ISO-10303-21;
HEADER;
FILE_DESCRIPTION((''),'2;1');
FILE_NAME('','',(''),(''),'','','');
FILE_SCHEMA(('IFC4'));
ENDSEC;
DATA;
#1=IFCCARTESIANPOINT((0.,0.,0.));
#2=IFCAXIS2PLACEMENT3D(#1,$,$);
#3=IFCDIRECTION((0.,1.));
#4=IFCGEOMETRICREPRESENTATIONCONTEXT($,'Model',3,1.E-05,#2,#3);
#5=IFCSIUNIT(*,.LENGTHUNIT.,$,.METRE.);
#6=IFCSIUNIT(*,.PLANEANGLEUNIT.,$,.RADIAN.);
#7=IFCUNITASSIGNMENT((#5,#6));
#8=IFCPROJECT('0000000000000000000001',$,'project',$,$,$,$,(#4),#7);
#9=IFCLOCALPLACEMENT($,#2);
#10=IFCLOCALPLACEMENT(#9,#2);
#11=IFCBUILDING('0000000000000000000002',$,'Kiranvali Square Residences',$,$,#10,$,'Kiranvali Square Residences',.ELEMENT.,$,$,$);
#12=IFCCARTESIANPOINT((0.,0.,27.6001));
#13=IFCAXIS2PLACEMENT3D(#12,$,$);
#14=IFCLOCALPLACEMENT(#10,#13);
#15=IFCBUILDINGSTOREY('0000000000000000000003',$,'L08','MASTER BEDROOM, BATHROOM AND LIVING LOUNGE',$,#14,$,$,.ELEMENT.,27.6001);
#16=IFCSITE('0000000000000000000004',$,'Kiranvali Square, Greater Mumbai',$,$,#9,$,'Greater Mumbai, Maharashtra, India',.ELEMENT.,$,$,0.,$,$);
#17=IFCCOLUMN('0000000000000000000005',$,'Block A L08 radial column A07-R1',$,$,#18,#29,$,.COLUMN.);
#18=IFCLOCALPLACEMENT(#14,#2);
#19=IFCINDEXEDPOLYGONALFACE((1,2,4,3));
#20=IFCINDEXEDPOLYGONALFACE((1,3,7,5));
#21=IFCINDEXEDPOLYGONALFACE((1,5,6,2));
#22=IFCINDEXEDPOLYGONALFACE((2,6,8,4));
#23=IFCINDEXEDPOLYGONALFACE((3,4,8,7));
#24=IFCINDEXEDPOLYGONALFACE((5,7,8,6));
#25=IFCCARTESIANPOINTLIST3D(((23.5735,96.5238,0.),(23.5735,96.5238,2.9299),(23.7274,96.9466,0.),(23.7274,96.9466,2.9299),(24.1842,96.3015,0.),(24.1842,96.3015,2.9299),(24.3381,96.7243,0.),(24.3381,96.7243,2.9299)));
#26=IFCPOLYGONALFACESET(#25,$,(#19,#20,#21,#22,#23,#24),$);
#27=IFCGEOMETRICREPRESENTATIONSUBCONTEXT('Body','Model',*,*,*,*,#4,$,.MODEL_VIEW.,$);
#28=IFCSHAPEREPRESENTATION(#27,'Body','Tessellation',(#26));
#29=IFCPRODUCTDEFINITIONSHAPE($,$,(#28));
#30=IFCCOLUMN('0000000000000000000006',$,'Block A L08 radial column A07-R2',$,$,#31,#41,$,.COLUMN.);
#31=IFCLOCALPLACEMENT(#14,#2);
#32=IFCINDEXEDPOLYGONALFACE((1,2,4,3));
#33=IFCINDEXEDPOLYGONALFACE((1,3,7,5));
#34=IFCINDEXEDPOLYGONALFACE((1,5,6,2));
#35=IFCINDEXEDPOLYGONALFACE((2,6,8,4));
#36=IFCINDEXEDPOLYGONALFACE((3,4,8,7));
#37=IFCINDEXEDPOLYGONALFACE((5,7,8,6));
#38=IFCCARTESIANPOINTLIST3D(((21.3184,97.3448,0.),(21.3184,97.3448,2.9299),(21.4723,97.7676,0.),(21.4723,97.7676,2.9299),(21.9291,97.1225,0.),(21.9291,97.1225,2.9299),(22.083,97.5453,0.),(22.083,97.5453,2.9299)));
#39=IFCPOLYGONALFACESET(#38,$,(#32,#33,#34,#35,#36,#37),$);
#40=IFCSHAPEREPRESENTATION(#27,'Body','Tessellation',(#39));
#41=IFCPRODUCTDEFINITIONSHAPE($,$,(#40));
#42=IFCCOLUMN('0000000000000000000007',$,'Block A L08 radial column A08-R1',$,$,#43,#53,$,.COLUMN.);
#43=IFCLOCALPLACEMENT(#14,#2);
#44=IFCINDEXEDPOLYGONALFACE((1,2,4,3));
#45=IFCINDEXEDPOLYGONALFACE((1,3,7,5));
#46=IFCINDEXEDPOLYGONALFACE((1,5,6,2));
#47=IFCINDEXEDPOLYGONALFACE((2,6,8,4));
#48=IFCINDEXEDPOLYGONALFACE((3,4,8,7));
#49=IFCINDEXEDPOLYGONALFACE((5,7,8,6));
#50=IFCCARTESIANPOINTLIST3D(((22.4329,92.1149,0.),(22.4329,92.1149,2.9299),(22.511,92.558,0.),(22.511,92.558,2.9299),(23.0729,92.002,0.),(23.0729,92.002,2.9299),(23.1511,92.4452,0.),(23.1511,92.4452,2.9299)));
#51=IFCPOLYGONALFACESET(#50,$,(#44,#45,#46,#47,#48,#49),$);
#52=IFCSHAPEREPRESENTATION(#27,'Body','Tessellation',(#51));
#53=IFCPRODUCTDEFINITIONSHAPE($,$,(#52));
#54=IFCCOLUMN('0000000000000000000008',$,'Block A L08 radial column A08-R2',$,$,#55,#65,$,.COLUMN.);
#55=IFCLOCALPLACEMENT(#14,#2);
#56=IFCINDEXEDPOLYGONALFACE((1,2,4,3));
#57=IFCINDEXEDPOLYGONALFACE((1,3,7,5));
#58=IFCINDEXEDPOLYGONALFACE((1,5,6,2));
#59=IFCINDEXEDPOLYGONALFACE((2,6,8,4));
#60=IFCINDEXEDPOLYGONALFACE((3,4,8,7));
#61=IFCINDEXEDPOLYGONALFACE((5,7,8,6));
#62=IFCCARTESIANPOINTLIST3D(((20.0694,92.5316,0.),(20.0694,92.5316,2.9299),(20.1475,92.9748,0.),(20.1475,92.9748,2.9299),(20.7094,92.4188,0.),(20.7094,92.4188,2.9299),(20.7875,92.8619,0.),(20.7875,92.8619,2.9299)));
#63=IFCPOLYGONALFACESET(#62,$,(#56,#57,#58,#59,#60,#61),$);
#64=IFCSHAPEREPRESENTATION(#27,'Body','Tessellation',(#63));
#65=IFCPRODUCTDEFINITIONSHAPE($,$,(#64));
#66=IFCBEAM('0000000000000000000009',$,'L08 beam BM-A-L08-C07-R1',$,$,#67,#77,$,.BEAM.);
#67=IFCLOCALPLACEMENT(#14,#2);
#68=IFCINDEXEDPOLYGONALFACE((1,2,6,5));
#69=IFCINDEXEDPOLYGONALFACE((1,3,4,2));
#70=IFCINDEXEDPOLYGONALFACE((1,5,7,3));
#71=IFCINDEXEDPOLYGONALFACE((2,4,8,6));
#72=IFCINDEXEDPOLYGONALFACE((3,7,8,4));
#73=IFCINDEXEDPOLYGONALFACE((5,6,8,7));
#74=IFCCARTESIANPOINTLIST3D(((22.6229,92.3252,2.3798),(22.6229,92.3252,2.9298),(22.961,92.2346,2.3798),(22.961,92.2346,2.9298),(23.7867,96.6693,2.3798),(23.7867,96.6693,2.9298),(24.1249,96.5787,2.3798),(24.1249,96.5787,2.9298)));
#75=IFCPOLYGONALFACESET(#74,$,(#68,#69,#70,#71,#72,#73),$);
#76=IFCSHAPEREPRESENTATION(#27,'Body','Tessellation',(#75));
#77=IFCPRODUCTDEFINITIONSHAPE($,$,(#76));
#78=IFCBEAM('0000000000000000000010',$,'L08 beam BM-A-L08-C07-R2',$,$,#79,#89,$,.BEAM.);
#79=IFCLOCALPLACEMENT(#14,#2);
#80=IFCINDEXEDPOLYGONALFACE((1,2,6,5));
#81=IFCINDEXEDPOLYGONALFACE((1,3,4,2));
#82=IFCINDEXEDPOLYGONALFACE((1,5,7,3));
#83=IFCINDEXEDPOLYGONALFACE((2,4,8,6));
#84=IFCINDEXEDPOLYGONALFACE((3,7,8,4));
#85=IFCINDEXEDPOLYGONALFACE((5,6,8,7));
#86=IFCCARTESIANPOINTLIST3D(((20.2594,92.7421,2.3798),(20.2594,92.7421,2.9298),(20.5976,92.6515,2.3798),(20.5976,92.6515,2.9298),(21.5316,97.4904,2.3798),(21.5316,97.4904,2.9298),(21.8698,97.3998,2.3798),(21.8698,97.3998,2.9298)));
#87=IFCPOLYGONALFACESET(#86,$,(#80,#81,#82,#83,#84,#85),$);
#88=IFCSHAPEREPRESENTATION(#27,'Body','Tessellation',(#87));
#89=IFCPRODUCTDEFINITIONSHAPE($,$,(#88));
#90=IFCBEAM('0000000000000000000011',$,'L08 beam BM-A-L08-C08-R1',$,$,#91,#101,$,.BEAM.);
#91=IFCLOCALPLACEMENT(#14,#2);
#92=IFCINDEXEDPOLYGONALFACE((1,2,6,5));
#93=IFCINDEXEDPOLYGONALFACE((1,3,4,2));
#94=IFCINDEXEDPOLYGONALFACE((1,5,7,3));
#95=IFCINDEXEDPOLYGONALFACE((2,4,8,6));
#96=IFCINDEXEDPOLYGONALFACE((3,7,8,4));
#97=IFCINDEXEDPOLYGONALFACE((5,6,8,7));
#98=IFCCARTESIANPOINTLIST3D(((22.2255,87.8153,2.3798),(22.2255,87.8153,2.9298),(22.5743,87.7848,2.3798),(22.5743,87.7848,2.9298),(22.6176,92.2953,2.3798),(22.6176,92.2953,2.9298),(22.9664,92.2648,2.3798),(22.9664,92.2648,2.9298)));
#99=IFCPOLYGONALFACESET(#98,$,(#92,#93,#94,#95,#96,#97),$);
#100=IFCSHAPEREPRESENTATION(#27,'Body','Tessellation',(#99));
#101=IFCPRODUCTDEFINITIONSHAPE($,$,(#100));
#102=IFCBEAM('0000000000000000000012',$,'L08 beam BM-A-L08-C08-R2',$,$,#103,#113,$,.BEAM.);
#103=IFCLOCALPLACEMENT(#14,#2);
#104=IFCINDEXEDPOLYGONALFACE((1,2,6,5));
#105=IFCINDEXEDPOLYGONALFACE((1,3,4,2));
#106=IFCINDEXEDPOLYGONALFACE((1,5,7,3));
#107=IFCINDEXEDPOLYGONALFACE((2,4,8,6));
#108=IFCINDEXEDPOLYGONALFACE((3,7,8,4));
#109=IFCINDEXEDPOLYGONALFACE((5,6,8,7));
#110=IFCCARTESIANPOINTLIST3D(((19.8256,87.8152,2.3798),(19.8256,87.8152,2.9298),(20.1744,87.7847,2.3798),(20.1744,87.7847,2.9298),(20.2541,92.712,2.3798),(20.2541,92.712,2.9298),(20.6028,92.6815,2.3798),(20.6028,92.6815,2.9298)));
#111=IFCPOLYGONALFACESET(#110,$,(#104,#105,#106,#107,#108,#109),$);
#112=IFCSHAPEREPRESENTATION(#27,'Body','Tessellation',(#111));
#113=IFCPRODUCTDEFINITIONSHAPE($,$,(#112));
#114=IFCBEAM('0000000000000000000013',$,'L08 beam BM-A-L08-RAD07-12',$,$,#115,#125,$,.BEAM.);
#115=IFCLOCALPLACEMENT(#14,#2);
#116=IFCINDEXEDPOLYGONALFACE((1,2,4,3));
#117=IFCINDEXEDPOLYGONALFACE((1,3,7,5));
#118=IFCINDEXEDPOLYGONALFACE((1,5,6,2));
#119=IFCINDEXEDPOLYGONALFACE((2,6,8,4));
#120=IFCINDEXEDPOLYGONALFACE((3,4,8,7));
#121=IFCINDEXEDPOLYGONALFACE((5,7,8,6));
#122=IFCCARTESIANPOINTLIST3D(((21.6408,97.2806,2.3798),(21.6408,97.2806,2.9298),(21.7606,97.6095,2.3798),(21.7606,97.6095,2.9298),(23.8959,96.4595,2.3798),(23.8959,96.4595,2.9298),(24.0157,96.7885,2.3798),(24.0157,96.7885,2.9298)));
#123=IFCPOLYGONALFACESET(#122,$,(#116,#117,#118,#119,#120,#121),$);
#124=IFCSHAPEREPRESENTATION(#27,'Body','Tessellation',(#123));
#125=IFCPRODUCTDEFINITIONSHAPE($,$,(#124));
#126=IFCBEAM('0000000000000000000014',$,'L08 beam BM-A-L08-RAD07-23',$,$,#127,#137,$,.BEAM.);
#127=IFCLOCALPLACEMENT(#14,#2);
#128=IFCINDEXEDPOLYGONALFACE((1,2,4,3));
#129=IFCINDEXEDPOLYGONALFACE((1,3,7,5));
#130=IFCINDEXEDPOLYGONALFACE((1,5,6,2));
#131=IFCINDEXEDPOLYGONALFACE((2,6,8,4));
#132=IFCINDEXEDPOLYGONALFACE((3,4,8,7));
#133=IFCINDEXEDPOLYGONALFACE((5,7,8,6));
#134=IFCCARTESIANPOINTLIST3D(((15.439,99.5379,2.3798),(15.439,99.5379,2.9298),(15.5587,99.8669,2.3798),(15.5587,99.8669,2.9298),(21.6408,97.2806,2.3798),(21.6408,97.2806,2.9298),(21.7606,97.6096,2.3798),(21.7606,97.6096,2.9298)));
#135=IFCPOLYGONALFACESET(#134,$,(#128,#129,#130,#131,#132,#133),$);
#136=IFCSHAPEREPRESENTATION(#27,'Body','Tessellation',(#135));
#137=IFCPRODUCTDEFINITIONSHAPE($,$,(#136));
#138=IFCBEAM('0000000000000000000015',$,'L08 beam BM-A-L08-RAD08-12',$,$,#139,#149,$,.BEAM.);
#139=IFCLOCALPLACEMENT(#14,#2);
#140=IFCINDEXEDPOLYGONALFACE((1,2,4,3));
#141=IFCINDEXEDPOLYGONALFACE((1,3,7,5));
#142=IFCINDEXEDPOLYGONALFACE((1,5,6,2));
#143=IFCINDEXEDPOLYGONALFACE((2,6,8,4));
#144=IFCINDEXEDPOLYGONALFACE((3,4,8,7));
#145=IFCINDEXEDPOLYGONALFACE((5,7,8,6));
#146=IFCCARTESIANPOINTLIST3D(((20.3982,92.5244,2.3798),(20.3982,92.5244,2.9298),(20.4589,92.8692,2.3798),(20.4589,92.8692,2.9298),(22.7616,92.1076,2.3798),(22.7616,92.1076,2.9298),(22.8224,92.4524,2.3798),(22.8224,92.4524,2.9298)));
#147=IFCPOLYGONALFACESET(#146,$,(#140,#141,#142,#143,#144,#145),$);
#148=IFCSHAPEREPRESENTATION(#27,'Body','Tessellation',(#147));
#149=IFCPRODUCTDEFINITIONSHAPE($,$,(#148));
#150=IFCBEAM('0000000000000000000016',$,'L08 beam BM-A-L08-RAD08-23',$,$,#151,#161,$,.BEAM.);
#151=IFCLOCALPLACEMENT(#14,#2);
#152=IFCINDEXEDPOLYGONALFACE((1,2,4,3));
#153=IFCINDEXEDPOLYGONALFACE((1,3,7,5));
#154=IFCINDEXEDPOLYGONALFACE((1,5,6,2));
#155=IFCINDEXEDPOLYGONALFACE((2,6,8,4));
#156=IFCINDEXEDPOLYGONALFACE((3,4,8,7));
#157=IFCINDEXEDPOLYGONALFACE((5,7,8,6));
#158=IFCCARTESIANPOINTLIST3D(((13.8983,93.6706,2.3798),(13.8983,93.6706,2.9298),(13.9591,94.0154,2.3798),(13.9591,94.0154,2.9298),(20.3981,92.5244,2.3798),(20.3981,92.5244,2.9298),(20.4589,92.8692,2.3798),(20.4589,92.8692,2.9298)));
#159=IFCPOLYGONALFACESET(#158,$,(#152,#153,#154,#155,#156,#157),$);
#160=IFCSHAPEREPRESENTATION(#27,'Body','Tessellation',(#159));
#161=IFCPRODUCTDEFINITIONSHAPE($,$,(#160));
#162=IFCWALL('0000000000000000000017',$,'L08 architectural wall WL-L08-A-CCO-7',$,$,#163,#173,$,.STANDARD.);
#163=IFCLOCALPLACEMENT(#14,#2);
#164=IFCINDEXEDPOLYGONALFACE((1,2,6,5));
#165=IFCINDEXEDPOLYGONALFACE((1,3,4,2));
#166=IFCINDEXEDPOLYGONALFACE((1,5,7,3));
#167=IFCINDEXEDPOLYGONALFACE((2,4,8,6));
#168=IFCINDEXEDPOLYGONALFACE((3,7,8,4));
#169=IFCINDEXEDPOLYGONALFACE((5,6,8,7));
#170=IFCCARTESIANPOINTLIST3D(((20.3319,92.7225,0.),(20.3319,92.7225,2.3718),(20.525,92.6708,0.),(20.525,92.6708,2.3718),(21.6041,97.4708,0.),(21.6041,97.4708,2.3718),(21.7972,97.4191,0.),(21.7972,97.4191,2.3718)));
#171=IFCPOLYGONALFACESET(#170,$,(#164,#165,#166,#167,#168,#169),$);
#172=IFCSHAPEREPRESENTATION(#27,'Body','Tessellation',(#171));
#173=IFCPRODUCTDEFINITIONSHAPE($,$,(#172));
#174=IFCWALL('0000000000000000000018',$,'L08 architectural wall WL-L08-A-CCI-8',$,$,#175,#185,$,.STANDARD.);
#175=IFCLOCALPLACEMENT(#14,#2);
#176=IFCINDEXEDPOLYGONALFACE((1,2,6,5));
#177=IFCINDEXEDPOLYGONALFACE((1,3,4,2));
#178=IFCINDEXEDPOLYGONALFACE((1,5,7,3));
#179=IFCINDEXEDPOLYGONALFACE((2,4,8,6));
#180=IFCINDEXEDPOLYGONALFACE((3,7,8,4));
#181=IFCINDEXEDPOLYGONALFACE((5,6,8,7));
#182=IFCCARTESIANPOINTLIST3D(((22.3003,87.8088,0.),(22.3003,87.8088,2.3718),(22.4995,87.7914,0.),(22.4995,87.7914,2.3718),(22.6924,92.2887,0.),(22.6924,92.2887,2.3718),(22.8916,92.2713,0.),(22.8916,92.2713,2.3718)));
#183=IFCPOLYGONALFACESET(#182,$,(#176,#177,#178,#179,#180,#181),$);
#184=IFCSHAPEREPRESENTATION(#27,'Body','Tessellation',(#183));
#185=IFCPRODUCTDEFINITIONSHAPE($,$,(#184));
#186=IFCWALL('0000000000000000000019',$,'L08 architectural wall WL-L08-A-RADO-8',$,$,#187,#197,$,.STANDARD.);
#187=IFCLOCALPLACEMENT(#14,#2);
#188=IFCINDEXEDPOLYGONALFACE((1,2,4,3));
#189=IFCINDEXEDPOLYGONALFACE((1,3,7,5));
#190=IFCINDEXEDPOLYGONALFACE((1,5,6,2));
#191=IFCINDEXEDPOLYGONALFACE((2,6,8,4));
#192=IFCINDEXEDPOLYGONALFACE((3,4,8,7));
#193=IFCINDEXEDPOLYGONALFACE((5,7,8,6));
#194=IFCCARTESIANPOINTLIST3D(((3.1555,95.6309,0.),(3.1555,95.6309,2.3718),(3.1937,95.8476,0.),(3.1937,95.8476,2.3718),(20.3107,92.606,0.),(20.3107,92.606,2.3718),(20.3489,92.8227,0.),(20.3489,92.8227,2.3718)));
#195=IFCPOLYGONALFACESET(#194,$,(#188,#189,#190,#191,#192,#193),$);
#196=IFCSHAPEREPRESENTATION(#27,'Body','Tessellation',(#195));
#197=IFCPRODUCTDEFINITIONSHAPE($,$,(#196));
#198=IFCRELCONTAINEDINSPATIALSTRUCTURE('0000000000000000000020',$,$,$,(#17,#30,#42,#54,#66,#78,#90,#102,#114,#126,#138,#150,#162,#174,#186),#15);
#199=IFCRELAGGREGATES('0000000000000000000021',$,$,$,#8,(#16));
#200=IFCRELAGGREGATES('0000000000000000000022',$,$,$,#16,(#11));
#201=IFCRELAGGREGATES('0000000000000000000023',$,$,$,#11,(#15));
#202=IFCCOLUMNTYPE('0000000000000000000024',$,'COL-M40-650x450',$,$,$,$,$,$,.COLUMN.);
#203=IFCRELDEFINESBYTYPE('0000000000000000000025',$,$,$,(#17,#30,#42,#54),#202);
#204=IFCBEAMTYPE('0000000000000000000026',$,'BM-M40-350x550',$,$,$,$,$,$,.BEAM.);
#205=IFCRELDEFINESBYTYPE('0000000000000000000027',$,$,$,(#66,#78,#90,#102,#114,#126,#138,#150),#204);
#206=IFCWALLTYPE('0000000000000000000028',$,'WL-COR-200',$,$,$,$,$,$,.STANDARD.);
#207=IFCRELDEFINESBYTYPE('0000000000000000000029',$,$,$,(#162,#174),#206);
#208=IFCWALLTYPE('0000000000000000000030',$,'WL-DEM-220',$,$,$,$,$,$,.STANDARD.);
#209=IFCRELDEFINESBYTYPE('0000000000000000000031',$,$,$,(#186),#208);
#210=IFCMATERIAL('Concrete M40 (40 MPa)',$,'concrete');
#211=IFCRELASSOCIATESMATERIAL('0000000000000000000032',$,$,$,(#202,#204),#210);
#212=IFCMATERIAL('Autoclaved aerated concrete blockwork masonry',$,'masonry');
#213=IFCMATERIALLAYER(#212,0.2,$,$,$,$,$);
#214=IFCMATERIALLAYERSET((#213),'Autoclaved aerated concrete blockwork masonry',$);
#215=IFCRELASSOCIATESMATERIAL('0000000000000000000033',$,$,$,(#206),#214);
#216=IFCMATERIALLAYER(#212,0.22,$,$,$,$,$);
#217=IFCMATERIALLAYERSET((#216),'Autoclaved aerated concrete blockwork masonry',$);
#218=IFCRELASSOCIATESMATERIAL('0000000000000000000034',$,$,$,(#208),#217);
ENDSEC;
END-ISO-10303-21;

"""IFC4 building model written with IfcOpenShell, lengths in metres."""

from ifc_helpers import new_model, si_unit, direction, frame, frame_2d, origin, origin_2d, place, context, subcontext, project, spatial, rectangle, extrude, material, layer, layer_set, material_profile, profile_set, type_object, element, save


model = new_model("IFC4")

# Units and contexts
model_context = context("Model", 3, precision=1e-05, world=origin(), true_north=direction((0.0, 1.0)))
body_context = subcontext(model_context, "Body", "Model", "MODEL_VIEW")
ifc_project = project(units=[si_unit("LENGTHUNIT", "METRE"), si_unit("PLANEANGLEUNIT", "RADIAN")], contexts=[model_context])

# Site, building, storey
site_placement = place(None, origin())
site = spatial("IfcSite", under=ifc_project, at=site_placement, Name="Kiranvali Square, Greater Mumbai", LongName="Greater Mumbai, Maharashtra, India", CompositionType="ELEMENT", RefElevation=0.0)
building_placement = place(site_placement, origin())
building = spatial("IfcBuilding", under=site, at=building_placement, Name="Kiranvali Square Residences", LongName="Kiranvali Square Residences", CompositionType="ELEMENT")
storey_placement = place(building_placement, frame((0.0, 0.0, 27.6001)))
storey = spatial("IfcBuildingStorey", under=building, at=storey_placement, Name="L08", Description="MASTER BEDROOM, BATHROOM AND LIVING LOUNGE", CompositionType="ELEMENT", Elevation=27.6001)

# Columns
ifc_material_1 = material(Name="Concrete M40 (40 MPa)", Category="concrete")
ifc_material_profile_1 = material_profile(ifc_material_1, rectangle(XDim=0.45, YDim=0.6499, at=origin_2d()), Name="RC 650x450")
ifc_profile_set_1 = profile_set([ifc_material_profile_1], Name="Concrete M40 (40 MPa)")
column_type = type_object("IfcColumnType", Name="COL-M40-650x450", PredefinedType="COLUMN", material=ifc_profile_set_1)
for number, where, z_axis, x_axis, name in (
    (1, (23.9558, 96.624, 0.0), (0.0, 0.0, 1.0), (0.34202, 0.939693, 0.0), "Block A L08 radial column A07-R1"),
    (2, (21.7007, 97.4451, 0.0), (0.0, 0.0, 1.0), (0.34202, 0.939693, 0.0), "Block A L08 radial column A07-R2"),
    (3, (22.792, 92.28, 0.0), (0.0, 0.0, 1.0), (0.173648, 0.984808, 0.0), "Block A L08 radial column A08-R1"),
    (4, (20.4285, 92.6968, 0.0), (0.0, 0.0, 1.0), (0.173648, 0.984808, 0.0), "Block A L08 radial column A08-R2"),
):
    element("IfcColumn", number, at=place(storey_placement, frame(where, z_axis=z_axis, x_axis=x_axis)), inside=storey, type_object=column_type, Name=name, PredefinedType="COLUMN", context=body_context, shape_type="SweptSolid", body=[
        extrude(rectangle(XDim=0.45, YDim=0.6499, at=origin_2d()), origin(), (0.0, 0.0, 1.0), 2.9299),
    ])

# Beams
ifc_material_profile_2 = material_profile(ifc_material_1, rectangle(XDim=0.3501, YDim=0.55, at=origin_2d()), Name="RC 350x550")
ifc_profile_set_2 = profile_set([ifc_material_profile_2], Name="Concrete M40 (40 MPa)")
beam_type = type_object("IfcBeamType", Name="BM-M40-350x550", PredefinedType="BEAM", material=ifc_profile_set_2)
beam_1_placement = place(storey_placement, frame((23.9558, 96.624, 2.6548), z_axis=(-0.258788, -0.965934, 0.0), x_axis=(0.965934, -0.258788, 0.0)))
element("IfcBeam", 5, at=beam_1_placement, inside=storey, type_object=beam_type, Name="L08 beam BM-A-L08-C07-R1", PredefinedType="BEAM", context=body_context, shape_type="SweptSolid", body=[
    extrude(rectangle(XDim=0.3501, YDim=0.55, at=origin_2d()), origin(), (0.0, 0.0, 1.0), 4.4973),
])
beam_2_placement = place(storey_placement, frame((21.7007, 97.4451, 2.6548), z_axis=(-0.258803, -0.96593, 0.0), x_axis=(0.96593, -0.258803, 0.0)))
element("IfcBeam", 6, at=beam_2_placement, inside=storey, type_object=beam_type, Name="L08 beam BM-A-L08-C07-R2", PredefinedType="BEAM", context=body_context, shape_type="SweptSolid", body=[
    extrude(rectangle(XDim=0.3501, YDim=0.55, at=origin_2d()), origin(), (0.0, 0.0, 1.0), 4.9158),
])
beam_3_placement = place(storey_placement, frame((22.792, 92.28, 2.6548), z_axis=(-0.087187, -0.996192, 0.0), x_axis=(0.996192, -0.087187, 0.0)))
element("IfcBeam", 7, at=beam_3_placement, inside=storey, type_object=beam_type, Name="L08 beam BM-A-L08-C08-R1", PredefinedType="BEAM", context=body_context, shape_type="SweptSolid", body=[
    extrude(rectangle(XDim=0.3501, YDim=0.55, at=origin_2d()), origin(), (0.0, 0.0, 1.0), 4.4971),
])
beam_4_placement = place(storey_placement, frame((20.4285, 92.6968, 2.6548), z_axis=(-0.087168, -0.996194, 0.0), x_axis=(0.996194, -0.087168, 0.0)))
element("IfcBeam", 8, at=beam_4_placement, inside=storey, type_object=beam_type, Name="L08 beam BM-A-L08-C08-R2", PredefinedType="BEAM", context=body_context, shape_type="SweptSolid", body=[
    extrude(rectangle(XDim=0.3501, YDim=0.55, at=origin_2d()), origin(), (0.0, 0.0, 1.0), 4.9155),
])
beam_5_placement = place(storey_placement, frame((23.9558, 96.624, 2.6548), z_axis=(-0.93966, 0.342111, 0.0), x_axis=(-0.342111, -0.93966, 0.0)))
element("IfcBeam", 9, at=beam_5_placement, inside=storey, type_object=beam_type, Name="L08 beam BM-A-L08-RAD07-12", PredefinedType="BEAM", context=body_context, shape_type="SweptSolid", body=[
    extrude(rectangle(XDim=0.3501, YDim=0.55, at=origin_2d()), origin(), (0.0, 0.0, 1.0), 2.3999),
])
beam_6_placement = place(storey_placement, frame((21.7007, 97.4451, 2.6548), z_axis=(-0.939692, 0.342022, 0.0), x_axis=(-0.342022, -0.939692, 0.0)))
element("IfcBeam", 10, at=beam_6_placement, inside=storey, type_object=beam_type, Name="L08 beam BM-A-L08-RAD07-23", PredefinedType="BEAM", context=body_context, shape_type="SweptSolid", body=[
    extrude(rectangle(XDim=0.3501, YDim=0.55, at=origin_2d()), origin(), (0.0, 0.0, 1.0), 6.5999),
])
beam_7_placement = place(storey_placement, frame((22.792, 92.28, 2.6548), z_axis=(-0.984808, 0.173646, 0.0), x_axis=(-0.173646, -0.984808, 0.0)))
element("IfcBeam", 11, at=beam_7_placement, inside=storey, type_object=beam_type, Name="L08 beam BM-A-L08-RAD08-12", PredefinedType="BEAM", context=body_context, shape_type="SweptSolid", body=[
    extrude(rectangle(XDim=0.3501, YDim=0.55, at=origin_2d()), origin(), (0.0, 0.0, 1.0), 2.3999),
])
beam_8_placement = place(storey_placement, frame((20.4285, 92.6968, 2.6548), z_axis=(-0.984804, 0.173671, 0.0), x_axis=(-0.173671, -0.984804, 0.0)))
element("IfcBeam", 12, at=beam_8_placement, inside=storey, type_object=beam_type, Name="L08 beam BM-A-L08-RAD08-23", PredefinedType="BEAM", context=body_context, shape_type="SweptSolid", body=[
    extrude(rectangle(XDim=0.3501, YDim=0.55, at=origin_2d()), origin(), (0.0, 0.0, 1.0), 6.6001),
])

# Walls
ifc_material_2 = material(Name="Autoclaved aerated concrete blockwork masonry", Category="masonry")
ifc_layer_1 = layer(ifc_material_2, 0.2)
ifc_layer_set_1 = layer_set([ifc_layer_1], Name="Autoclaved aerated concrete blockwork masonry")
wall_type_1 = type_object("IfcWallType", Name="WL-COR-200", PredefinedType="STANDARD", material=ifc_layer_set_1)
wall_1_placement = place(storey_placement, frame((21.7007, 97.4451, 0.0), z_axis=(0.0, 0.0, 1.0), x_axis=(-0.258803, -0.96593, 0.0)))
element("IfcWall", 13, at=wall_1_placement, inside=storey, type_object=wall_type_1, Name="L08 architectural wall WL-L08-A-CCO-7", PredefinedType="STANDARD", context=body_context, shape_type="SweptSolid", body=[
    extrude(rectangle(XDim=4.9158, YDim=0.2, at=frame_2d((2.458, 0.0))), origin(), (0.0, 0.0, 1.0), 2.3718),
])
wall_2_placement = place(storey_placement, frame((22.792, 92.28, 0.0), z_axis=(0.0, 0.0, 1.0), x_axis=(-0.087187, -0.996192, 0.0)))
element("IfcWall", 14, at=wall_2_placement, inside=storey, type_object=wall_type_1, Name="L08 architectural wall WL-L08-A-CCI-8", PredefinedType="STANDARD", context=body_context, shape_type="SweptSolid", body=[
    extrude(rectangle(XDim=4.4971, YDim=0.2, at=frame_2d((2.2485, 0.0))), origin(), (0.0, 0.0, 1.0), 2.3718),
])

# Wall
ifc_layer_2 = layer(ifc_material_2, 0.22)
ifc_layer_set_2 = layer_set([ifc_layer_2], Name="Autoclaved aerated concrete blockwork masonry")
wall_type_2 = type_object("IfcWallType", Name="WL-DEM-220", PredefinedType="STANDARD", material=ifc_layer_set_2)
wall_3_placement = place(storey_placement, frame((20.3298, 92.7144, 0.0), z_axis=(0.0, 0.0, 1.0), x_axis=(-0.984808, 0.173646, 0.0)))
element("IfcWall", 15, at=wall_3_placement, inside=storey, type_object=wall_type_2, Name="L08 architectural wall WL-L08-A-RADO-8", PredefinedType="STANDARD", context=body_context, shape_type="SweptSolid", body=[
    extrude(rectangle(XDim=17.4199, YDim=0.22, at=frame_2d((8.71, 0.0))), origin(), (0.0, 0.0, 1.0), 2.3718),
])

save(model, "model.ifc")
